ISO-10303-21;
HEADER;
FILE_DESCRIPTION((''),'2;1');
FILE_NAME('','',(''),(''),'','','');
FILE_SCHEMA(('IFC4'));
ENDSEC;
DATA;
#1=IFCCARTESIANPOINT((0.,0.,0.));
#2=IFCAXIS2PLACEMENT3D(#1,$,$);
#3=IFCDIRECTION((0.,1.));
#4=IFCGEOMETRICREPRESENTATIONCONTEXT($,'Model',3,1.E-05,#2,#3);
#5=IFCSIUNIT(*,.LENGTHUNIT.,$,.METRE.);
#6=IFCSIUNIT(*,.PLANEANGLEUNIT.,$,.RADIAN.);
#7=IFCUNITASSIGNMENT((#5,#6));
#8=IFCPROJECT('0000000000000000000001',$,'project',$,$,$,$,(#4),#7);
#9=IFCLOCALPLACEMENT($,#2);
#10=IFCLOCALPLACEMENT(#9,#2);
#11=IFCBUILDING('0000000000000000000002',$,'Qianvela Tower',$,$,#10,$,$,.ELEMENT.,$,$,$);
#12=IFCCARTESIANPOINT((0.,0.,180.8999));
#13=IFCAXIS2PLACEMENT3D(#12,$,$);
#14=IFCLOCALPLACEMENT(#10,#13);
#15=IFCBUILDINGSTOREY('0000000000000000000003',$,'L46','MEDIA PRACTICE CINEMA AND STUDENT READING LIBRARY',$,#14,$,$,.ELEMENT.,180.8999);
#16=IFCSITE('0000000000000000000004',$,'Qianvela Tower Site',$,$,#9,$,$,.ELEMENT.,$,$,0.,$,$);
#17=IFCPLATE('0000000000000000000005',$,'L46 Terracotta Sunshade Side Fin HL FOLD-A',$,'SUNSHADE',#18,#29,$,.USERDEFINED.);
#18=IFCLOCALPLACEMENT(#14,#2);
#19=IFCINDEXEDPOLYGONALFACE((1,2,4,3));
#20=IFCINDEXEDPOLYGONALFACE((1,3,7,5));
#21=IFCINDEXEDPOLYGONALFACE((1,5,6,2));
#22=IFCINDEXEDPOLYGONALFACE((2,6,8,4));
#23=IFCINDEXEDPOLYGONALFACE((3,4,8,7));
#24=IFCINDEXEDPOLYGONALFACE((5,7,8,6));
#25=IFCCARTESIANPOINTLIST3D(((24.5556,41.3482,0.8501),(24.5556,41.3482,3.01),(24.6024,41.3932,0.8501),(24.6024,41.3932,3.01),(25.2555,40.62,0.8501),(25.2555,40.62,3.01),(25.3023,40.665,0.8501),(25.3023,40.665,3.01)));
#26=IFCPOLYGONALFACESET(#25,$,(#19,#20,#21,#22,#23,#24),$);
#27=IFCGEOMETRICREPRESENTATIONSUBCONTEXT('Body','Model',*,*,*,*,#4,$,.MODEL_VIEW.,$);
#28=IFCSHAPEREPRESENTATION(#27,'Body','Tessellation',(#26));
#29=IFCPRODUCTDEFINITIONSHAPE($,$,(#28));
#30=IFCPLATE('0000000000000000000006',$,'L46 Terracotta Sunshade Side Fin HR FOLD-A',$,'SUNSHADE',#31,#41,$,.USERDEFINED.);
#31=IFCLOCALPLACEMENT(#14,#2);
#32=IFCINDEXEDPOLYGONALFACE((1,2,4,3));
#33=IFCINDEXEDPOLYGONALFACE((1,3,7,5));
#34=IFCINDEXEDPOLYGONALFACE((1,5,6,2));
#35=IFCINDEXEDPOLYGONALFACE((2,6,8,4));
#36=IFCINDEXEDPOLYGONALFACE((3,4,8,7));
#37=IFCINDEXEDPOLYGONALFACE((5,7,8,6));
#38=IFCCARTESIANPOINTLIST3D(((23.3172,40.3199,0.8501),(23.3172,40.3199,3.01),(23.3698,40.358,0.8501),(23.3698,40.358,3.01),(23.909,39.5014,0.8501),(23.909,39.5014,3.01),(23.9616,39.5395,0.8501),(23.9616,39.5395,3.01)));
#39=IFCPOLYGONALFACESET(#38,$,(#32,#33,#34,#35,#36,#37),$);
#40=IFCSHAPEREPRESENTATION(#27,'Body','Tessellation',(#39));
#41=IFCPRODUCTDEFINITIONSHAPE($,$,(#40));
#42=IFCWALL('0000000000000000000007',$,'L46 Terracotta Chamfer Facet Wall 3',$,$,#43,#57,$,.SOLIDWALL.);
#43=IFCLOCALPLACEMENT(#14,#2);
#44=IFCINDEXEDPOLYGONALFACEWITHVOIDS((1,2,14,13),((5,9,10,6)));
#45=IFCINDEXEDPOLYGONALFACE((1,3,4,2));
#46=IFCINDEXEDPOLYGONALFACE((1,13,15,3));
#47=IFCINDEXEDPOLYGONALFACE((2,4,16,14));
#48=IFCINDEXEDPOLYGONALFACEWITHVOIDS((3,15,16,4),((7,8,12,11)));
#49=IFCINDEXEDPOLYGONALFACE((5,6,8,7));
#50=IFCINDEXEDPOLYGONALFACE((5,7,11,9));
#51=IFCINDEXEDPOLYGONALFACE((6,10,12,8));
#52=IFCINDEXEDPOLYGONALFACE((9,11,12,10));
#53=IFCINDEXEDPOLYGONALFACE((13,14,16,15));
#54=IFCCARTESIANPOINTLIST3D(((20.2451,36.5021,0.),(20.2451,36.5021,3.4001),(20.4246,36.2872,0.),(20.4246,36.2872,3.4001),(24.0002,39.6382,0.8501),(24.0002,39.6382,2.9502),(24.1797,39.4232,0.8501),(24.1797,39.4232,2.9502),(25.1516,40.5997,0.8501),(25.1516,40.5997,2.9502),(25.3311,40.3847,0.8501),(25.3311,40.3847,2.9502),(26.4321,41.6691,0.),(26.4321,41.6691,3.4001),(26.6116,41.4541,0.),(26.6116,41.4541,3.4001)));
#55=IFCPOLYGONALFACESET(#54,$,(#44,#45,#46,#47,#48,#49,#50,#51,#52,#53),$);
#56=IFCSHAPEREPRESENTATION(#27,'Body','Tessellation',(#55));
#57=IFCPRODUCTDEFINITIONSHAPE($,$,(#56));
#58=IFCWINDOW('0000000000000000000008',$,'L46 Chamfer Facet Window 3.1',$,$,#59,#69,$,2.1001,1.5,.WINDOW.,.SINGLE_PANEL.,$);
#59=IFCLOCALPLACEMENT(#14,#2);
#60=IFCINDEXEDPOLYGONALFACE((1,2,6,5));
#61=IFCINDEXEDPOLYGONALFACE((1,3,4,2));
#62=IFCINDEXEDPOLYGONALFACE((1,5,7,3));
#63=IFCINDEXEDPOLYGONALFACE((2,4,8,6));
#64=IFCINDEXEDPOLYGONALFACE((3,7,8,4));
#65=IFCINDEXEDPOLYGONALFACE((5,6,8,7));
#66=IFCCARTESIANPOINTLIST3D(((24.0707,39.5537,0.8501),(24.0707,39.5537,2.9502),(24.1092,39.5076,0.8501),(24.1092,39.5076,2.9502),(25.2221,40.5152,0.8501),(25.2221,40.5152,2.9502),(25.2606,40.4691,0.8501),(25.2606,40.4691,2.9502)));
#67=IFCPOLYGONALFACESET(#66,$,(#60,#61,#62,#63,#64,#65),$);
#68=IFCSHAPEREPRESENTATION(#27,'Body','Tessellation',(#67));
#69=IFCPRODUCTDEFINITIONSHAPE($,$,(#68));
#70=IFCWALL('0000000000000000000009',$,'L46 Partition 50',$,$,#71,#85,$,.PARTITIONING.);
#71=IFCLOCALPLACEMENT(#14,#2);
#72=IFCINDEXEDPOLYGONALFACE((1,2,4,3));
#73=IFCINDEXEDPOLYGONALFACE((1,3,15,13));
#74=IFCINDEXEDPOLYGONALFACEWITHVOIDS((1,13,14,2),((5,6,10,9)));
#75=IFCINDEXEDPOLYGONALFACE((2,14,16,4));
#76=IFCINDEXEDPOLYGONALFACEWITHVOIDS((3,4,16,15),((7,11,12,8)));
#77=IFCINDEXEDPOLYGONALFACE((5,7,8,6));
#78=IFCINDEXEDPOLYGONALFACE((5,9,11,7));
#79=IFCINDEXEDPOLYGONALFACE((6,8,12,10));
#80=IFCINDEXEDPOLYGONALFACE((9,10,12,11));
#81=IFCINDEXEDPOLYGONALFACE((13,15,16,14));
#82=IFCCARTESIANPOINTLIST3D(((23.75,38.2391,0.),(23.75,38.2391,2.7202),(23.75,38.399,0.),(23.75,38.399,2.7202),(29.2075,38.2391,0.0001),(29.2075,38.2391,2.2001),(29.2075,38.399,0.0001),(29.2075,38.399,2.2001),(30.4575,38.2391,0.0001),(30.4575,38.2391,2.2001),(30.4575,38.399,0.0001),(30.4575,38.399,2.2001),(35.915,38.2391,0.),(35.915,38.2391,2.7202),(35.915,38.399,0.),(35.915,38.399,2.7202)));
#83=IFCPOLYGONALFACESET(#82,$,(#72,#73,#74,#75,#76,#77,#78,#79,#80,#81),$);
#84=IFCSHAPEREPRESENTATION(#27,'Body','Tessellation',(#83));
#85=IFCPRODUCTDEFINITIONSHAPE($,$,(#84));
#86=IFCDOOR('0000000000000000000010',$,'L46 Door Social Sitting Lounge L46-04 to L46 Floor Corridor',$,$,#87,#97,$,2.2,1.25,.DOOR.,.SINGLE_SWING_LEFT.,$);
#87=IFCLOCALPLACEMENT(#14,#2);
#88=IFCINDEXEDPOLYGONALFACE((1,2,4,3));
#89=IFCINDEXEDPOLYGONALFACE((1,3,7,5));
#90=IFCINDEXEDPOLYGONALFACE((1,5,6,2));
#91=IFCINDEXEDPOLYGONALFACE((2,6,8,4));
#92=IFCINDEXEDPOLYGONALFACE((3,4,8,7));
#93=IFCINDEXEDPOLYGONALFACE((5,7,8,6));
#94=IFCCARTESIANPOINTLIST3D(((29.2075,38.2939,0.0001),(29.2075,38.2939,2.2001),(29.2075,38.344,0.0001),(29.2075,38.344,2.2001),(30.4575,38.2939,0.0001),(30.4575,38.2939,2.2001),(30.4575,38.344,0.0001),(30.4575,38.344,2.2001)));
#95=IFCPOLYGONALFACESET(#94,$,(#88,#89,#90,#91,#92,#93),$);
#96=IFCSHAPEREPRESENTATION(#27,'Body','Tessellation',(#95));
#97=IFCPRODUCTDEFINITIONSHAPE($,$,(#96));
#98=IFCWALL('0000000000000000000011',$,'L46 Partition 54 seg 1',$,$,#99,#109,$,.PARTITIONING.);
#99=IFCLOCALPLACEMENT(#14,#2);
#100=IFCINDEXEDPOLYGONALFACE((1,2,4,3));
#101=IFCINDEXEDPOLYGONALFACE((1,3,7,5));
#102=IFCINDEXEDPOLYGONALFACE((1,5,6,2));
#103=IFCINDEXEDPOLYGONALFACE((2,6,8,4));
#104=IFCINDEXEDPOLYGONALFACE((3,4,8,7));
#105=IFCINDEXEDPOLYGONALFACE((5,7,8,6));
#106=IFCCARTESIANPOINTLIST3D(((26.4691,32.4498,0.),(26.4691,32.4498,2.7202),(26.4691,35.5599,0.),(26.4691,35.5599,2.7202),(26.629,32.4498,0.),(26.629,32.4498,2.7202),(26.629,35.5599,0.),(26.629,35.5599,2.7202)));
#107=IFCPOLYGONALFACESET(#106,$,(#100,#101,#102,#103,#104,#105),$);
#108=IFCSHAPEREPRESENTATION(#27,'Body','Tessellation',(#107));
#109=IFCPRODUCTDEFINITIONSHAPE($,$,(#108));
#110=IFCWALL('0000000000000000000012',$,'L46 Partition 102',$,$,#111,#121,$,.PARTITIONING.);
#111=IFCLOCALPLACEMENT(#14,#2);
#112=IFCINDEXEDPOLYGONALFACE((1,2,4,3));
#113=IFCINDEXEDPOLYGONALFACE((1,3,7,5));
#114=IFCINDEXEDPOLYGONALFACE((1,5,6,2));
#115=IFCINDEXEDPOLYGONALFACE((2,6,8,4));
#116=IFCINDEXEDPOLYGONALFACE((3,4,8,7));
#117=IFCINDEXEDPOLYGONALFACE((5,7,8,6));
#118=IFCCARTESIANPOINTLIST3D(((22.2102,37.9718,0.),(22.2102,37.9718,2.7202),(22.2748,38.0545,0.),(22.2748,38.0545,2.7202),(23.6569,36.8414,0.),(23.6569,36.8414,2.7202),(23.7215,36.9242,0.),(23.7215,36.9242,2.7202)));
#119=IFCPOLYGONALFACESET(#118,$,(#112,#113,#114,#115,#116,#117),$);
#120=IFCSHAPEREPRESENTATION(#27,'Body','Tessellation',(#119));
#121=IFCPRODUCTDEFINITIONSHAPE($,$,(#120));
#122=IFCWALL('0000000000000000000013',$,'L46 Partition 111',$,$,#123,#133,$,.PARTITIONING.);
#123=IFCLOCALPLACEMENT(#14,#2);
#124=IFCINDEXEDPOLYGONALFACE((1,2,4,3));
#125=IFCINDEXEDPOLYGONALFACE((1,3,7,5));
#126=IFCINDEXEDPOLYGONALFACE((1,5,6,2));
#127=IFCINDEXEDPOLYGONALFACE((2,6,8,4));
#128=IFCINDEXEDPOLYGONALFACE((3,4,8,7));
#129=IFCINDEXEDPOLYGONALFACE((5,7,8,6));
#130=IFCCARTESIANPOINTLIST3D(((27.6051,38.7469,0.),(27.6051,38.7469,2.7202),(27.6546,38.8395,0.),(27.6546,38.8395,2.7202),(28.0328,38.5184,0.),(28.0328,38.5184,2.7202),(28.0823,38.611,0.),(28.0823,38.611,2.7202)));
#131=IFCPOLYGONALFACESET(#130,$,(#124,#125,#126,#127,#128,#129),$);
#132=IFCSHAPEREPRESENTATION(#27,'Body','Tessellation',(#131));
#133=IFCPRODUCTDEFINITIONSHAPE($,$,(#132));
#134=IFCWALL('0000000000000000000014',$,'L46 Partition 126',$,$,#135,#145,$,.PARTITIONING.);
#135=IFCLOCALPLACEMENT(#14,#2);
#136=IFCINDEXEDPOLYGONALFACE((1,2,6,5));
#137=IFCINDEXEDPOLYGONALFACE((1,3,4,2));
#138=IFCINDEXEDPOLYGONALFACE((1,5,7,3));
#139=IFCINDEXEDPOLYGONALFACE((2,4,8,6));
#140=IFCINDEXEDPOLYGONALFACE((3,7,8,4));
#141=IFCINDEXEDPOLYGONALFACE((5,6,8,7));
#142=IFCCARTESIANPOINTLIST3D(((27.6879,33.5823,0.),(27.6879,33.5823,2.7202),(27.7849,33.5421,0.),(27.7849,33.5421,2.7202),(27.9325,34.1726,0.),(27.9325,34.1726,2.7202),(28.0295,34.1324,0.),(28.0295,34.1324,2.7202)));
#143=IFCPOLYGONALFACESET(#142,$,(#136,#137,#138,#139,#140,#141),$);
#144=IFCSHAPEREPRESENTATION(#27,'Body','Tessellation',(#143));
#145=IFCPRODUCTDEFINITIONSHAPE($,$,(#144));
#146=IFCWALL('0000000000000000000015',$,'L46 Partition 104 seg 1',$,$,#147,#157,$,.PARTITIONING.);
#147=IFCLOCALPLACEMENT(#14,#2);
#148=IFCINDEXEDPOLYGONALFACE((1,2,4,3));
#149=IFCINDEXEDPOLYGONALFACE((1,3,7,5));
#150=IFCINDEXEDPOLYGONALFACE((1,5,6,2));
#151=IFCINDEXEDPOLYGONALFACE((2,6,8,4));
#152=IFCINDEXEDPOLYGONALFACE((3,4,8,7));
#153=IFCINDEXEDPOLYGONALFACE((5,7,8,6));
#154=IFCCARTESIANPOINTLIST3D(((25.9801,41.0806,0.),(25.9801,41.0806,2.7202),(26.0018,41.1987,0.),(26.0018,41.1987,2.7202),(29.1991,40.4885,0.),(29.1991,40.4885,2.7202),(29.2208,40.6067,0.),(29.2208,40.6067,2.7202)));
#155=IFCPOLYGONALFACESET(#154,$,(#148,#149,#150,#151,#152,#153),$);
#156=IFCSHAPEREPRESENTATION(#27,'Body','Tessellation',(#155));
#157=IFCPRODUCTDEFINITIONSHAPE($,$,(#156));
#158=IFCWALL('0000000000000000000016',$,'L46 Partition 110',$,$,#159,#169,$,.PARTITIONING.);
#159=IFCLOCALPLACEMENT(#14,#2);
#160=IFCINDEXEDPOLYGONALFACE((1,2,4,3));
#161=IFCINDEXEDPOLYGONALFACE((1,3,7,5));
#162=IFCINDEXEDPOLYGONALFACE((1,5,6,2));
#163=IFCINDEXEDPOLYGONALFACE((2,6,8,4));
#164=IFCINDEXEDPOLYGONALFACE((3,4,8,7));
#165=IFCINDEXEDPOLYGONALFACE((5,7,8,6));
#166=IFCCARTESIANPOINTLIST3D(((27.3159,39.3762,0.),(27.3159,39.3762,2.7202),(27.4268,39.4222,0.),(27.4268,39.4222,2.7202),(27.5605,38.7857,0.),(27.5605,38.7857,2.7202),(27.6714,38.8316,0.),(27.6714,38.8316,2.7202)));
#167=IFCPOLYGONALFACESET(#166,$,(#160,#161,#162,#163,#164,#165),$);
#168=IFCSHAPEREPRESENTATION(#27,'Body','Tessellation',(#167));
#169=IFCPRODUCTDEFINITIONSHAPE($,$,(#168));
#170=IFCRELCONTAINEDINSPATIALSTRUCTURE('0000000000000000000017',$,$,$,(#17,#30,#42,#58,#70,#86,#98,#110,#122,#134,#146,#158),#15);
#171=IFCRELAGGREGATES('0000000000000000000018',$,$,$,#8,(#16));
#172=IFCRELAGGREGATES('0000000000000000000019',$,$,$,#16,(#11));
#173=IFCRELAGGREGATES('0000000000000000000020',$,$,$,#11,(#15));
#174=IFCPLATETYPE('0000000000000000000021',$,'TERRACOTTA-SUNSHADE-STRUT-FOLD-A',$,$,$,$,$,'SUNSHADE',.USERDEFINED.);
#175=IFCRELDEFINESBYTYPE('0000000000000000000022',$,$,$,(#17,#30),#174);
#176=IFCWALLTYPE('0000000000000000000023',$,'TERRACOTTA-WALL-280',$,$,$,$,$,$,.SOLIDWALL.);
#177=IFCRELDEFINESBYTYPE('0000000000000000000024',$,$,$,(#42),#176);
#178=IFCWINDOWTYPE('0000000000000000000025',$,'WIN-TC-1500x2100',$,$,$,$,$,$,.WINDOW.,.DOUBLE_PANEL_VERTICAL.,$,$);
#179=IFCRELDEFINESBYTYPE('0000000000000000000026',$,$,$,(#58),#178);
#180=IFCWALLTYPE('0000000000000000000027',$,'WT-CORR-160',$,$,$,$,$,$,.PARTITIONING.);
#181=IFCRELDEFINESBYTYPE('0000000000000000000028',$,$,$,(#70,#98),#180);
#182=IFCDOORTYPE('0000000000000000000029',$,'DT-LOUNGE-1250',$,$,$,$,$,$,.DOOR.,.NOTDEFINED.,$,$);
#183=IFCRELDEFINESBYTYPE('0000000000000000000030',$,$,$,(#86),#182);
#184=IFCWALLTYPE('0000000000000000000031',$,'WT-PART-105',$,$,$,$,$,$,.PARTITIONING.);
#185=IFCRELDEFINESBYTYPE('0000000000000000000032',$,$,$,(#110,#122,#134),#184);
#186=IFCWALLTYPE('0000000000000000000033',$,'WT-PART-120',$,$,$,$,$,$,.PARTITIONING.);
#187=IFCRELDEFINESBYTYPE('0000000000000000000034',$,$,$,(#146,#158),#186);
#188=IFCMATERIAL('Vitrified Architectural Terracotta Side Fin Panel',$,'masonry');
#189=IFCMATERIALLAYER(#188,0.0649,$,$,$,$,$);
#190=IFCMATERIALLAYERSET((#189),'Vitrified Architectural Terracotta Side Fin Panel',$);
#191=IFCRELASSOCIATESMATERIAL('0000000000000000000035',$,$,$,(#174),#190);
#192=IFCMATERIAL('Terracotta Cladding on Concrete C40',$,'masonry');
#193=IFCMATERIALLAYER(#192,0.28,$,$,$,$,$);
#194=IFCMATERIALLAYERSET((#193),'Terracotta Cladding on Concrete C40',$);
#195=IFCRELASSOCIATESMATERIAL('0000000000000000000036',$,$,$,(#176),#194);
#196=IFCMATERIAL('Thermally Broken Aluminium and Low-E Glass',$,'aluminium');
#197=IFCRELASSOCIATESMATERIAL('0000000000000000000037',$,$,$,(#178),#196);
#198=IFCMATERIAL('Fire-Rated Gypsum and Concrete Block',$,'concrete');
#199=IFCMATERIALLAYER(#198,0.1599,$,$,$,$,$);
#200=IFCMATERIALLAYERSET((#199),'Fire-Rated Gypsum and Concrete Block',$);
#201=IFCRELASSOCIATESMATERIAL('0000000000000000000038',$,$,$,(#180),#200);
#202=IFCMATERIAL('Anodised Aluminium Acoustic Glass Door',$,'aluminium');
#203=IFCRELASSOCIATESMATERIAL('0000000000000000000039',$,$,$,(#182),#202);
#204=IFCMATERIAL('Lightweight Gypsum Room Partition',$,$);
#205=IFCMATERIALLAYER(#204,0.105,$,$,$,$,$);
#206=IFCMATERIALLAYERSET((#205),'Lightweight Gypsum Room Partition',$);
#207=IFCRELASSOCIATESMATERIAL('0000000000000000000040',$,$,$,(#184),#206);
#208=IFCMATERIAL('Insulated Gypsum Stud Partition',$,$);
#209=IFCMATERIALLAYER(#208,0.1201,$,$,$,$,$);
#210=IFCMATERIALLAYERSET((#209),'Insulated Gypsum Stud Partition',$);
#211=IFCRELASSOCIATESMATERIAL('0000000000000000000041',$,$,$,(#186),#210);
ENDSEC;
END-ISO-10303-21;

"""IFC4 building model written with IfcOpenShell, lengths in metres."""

from ifc_helpers import new_model, si_unit, direction, frame, frame_2d, origin, origin_2d, place, context, subcontext, project, spatial, rectangle, extrude, material, layer, layer_set, type_object, element, fill, save


model = new_model("IFC4")

# Units and contexts
model_context = context("Model", 3, precision=1e-05, world=origin(), true_north=direction((0.0, 1.0)))
body_context = subcontext(model_context, "Body", "Model", "MODEL_VIEW")
ifc_project = project(units=[si_unit("LENGTHUNIT", "METRE"), si_unit("PLANEANGLEUNIT", "RADIAN")], contexts=[model_context])

# Site, building, storey
site_placement = place(None, origin())
site = spatial("IfcSite", under=ifc_project, at=site_placement, Name="Qianvela Tower Site", CompositionType="ELEMENT", RefElevation=0.0)
building_placement = place(site_placement, origin())
building = spatial("IfcBuilding", under=site, at=building_placement, Name="Qianvela Tower", CompositionType="ELEMENT")
storey_placement = place(building_placement, frame((0.0, 0.0, 180.8999)))
storey = spatial("IfcBuildingStorey", under=building, at=storey_placement, Name="L46", Description="MEDIA PRACTICE CINEMA AND STUDENT READING LIBRARY", CompositionType="ELEMENT", Elevation=180.8999)

# Plates
ifc_material_1 = material(Name="Vitrified Architectural Terracotta Side Fin Panel", Category="masonry")
ifc_layer_1 = layer(ifc_material_1, 0.0649)
ifc_layer_set_1 = layer_set([ifc_layer_1], Name="Vitrified Architectural Terracotta Side Fin Panel")
plate_type_1 = type_object("IfcPlateType", Name="TERRACOTTA-SUNSHADE-STRUT-FOLD-A", ElementType="SUNSHADE", PredefinedType="USERDEFINED", material=ifc_layer_set_1)
for number, where, z_axis, x_axis, name in (
    (1, (24.929, 41.0066, 0.8501), (0.0, 0.0, 1.0), (-0.720961, -0.692975, 0.0), "L46 Terracotta Sunshade Side Fin HL FOLD-A"),
    (2, (23.6394, 39.9297, 0.8501), (0.0, 0.0, 1.0), (-0.810388, -0.585893, 0.0), "L46 Terracotta Sunshade Side Fin HR FOLD-A"),
):
    element("IfcPlate", number, at=place(storey_placement, frame(where, z_axis=z_axis, x_axis=x_axis)), inside=storey, type_object=plate_type_1, Name=name, ObjectType="SUNSHADE", PredefinedType="USERDEFINED", context=body_context, shape_type="SweptSolid", body=[
        extrude(rectangle(XDim=0.0649, YDim=1.01, at=origin_2d()), origin(), (0.0, 0.0, 1.0), 2.1599),
    ])

# Wall, opening, window
ifc_material_2 = material(Name="Terracotta Cladding on Concrete C40", Category="masonry")
ifc_layer_2 = layer(ifc_material_2, 0.28)
ifc_layer_set_2 = layer_set([ifc_layer_2], Name="Terracotta Cladding on Concrete C40")
wall_type_1 = type_object("IfcWallType", Name="TERRACOTTA-WALL-280", PredefinedType="SOLIDWALL", material=ifc_layer_set_2)
wall_1_placement = place(storey_placement, frame((26.5217, 41.5615, 0.0), z_axis=(0.0, 0.0, 1.0), x_axis=(-0.767541, -0.641, 0.0)))
wall_1 = element("IfcWall", 3, at=wall_1_placement, inside=storey, type_object=wall_type_1, Name="L46 Terracotta Chamfer Facet Wall 3", PredefinedType="SOLIDWALL", context=body_context, shape_type="SweptSolid", body=[
    extrude(rectangle(XDim=8.0608, YDim=0.28, at=frame_2d((4.0303, 0.0))), origin(), (0.0, 0.0, 1.0), 3.4001),
])
opening_1_placement = place(wall_1_placement, frame((1.6682, 0.0, 0.8501)))
opening_1 = element("IfcOpeningElement", 4, at=opening_1_placement, cuts=wall_1, PredefinedType="OPENING", context=body_context, shape_type="SweptSolid", body=[
    extrude(rectangle(XDim=1.5, YDim=2.1001, at=frame_2d((0.75, 1.05))), frame((0.0, 0.1499, 0.0), z_axis=(0.0, -1.0, 0.0), x_axis=(1.0, 0.0, 0.0)), (0.0, 0.0, 1.0), 0.3),
])
ifc_material_3 = material(Name="Thermally Broken Aluminium and Low-E Glass", Category="aluminium")
window_type = type_object("IfcWindowType", Name="WIN-TC-1500x2100", PartitioningType="DOUBLE_PANEL_VERTICAL", PredefinedType="WINDOW", material=ifc_material_3)
window_placement = place(opening_1_placement, origin())
window = element("IfcWindow", 5, at=window_placement, inside=storey, type_object=window_type, Name="L46 Chamfer Facet Window 3.1", OverallHeight=2.1001, OverallWidth=1.5, PartitioningType="SINGLE_PANEL", PredefinedType="WINDOW", context=body_context, shape_type="SweptSolid", body=[
    extrude(rectangle(XDim=1.5, YDim=2.1001, at=frame_2d((0.75, 1.05))), frame((0.0, 0.03, 0.0), z_axis=(0.0, -1.0, 0.0), x_axis=(1.0, 0.0, 0.0)), (0.0, 0.0, 1.0), 0.0601),
])
fill(opening_1, window)

# Wall, opening, door
ifc_material_4 = material(Name="Fire-Rated Gypsum and Concrete Block", Category="concrete")
ifc_layer_3 = layer(ifc_material_4, 0.1599)
ifc_layer_set_3 = layer_set([ifc_layer_3], Name="Fire-Rated Gypsum and Concrete Block")
wall_type_2 = type_object("IfcWallType", Name="WT-CORR-160", PredefinedType="PARTITIONING", material=ifc_layer_set_3)
wall_2_placement = place(storey_placement, frame((23.75, 38.3191, 0.0), z_axis=(0.0, 0.0, 1.0), x_axis=(1.0, 0.0, 0.0)))
wall_2 = element("IfcWall", 6, at=wall_2_placement, inside=storey, type_object=wall_type_2, Name="L46 Partition 50", PredefinedType="PARTITIONING", context=body_context, shape_type="SweptSolid", body=[
    extrude(rectangle(XDim=12.165, YDim=0.1599, at=frame_2d((6.0825, 0.0))), origin(), (0.0, 0.0, 1.0), 2.7202),
])
opening_2_placement = place(wall_2_placement, frame((5.4575, 0.0, 0.0)))
opening_2 = element("IfcOpeningElement", 7, at=opening_2_placement, cuts=wall_2, PredefinedType="OPENING", context=body_context, shape_type="SweptSolid", body=[
    extrude(rectangle(XDim=1.25, YDim=2.2, at=frame_2d((0.625, 1.1001))), frame((0.0, 0.0898, 0.0), z_axis=(0.0, -1.0, 0.0), x_axis=(1.0, 0.0, 0.0)), (0.0, 0.0, 1.0), 0.1799),
])
ifc_material_5 = material(Name="Anodised Aluminium Acoustic Glass Door", Category="aluminium")
door_type = type_object("IfcDoorType", Name="DT-LOUNGE-1250", OperationType="NOTDEFINED", PredefinedType="DOOR", material=ifc_material_5)
door_placement = place(opening_2_placement, origin())
door = element("IfcDoor", 8, at=door_placement, inside=storey, type_object=door_type, Name="L46 Door Social Sitting Lounge L46-04 to L46 Floor Corridor", OperationType="SINGLE_SWING_LEFT", OverallHeight=2.2, OverallWidth=1.25, PredefinedType="DOOR", context=body_context, shape_type="SweptSolid", body=[
    extrude(rectangle(XDim=1.25, YDim=2.2, at=frame_2d((0.625, 1.1001))), frame((0.0, 0.0249, 0.0), z_axis=(0.0, -1.0, 0.0), x_axis=(1.0, 0.0, 0.0)), (0.0, 0.0, 1.0), 0.05),
])
fill(opening_2, door)

# Walls
wall_3_placement = place(storey_placement, frame((26.5491, 35.5601, 0.0), z_axis=(0.0, 0.0, 1.0), x_axis=(0.0, -1.0, 0.0)))
element("IfcWall", 9, at=wall_3_placement, inside=storey, type_object=wall_type_2, Name="L46 Partition 54 seg 1", PredefinedType="PARTITIONING", context=body_context, shape_type="SweptSolid", body=[
    extrude(rectangle(XDim=3.1101, YDim=0.1599, at=frame_2d((1.5552, 0.0))), origin(), (0.0, 0.0, 1.0), 2.7202),
])
ifc_material_6 = material(Name="Lightweight Gypsum Room Partition")
ifc_layer_4 = layer(ifc_material_6, 0.105)
ifc_layer_set_4 = layer_set([ifc_layer_4], Name="Lightweight Gypsum Room Partition")
wall_type_3 = type_object("IfcWallType", Name="WT-PART-105", PredefinedType="PARTITIONING", material=ifc_layer_set_4)
wall_4_placement = place(storey_placement, frame((23.6892, 36.8828, 0.0), z_axis=(0.0, 0.0, 1.0), x_axis=(-0.788004, 0.61567, 0.0)))
element("IfcWall", 10, at=wall_4_placement, inside=storey, type_object=wall_type_3, Name="L46 Partition 102", PredefinedType="PARTITIONING", context=body_context, shape_type="SweptSolid", body=[
    extrude(rectangle(XDim=1.8359, YDim=0.105, at=frame_2d((0.918, 0.0))), origin(), (0.0, 0.0, 1.0), 2.7202),
])
wall_5_placement = place(storey_placement, frame((27.6299, 38.7932, 0.0), z_axis=(0.0, 0.0, 1.0), x_axis=(0.882018, -0.471215, 0.0)))
element("IfcWall", 11, at=wall_5_placement, inside=storey, type_object=wall_type_3, Name="L46 Partition 111", PredefinedType="PARTITIONING", context=body_context, shape_type="SweptSolid", body=[
    extrude(rectangle(XDim=0.4849, YDim=0.105, at=frame_2d((0.2424, 0.0))), origin(), (0.0, 0.0, 1.0), 2.7202),
])
wall_6_placement = place(storey_placement, frame((27.981, 34.1523, 0.0), z_axis=(0.0, 0.0, 1.0), x_axis=(-0.382824, -0.923821, 0.0)))
element("IfcWall", 12, at=wall_6_placement, inside=storey, type_object=wall_type_3, Name="L46 Partition 126", PredefinedType="PARTITIONING", context=body_context, shape_type="SweptSolid", body=[
    extrude(rectangle(XDim=0.6389, YDim=0.105, at=frame_2d((0.3193, 0.0))), origin(), (0.0, 0.0, 1.0), 2.7202),
])
ifc_material_7 = material(Name="Insulated Gypsum Stud Partition")
ifc_layer_5 = layer(ifc_material_7, 0.1201)
ifc_layer_set_5 = layer_set([ifc_layer_5], Name="Insulated Gypsum Stud Partition")
wall_type_4 = type_object("IfcWallType", Name="WT-PART-120", PredefinedType="PARTITIONING", material=ifc_layer_set_5)
wall_7_placement = place(storey_placement, frame((25.991, 41.1396, 0.0), z_axis=(0.0, 0.0, 1.0), x_axis=(0.983504, -0.180887, 0.0)))
element("IfcWall", 13, at=wall_7_placement, inside=storey, type_object=wall_type_4, Name="L46 Partition 104 seg 1", PredefinedType="PARTITIONING", context=body_context, shape_type="SweptSolid", body=[
    extrude(rectangle(XDim=3.2729, YDim=0.1201, at=frame_2d((1.6365, 0.0))), origin(), (0.0, 0.0, 1.0), 2.7202),
])
wall_8_placement = place(storey_placement, frame((27.3713, 39.3992, 0.0), z_axis=(0.0, 0.0, 1.0), x_axis=(0.382689, -0.923877, 0.0)))
element("IfcWall", 14, at=wall_8_placement, inside=storey, type_object=wall_type_4, Name="L46 Partition 110", PredefinedType="PARTITIONING", context=body_context, shape_type="SweptSolid", body=[
    extrude(rectangle(XDim=0.6392, YDim=0.1201, at=frame_2d((0.3196, 0.0))), origin(), (0.0, 0.0, 1.0), 2.7202),
])

save(model, "model.ifc")
